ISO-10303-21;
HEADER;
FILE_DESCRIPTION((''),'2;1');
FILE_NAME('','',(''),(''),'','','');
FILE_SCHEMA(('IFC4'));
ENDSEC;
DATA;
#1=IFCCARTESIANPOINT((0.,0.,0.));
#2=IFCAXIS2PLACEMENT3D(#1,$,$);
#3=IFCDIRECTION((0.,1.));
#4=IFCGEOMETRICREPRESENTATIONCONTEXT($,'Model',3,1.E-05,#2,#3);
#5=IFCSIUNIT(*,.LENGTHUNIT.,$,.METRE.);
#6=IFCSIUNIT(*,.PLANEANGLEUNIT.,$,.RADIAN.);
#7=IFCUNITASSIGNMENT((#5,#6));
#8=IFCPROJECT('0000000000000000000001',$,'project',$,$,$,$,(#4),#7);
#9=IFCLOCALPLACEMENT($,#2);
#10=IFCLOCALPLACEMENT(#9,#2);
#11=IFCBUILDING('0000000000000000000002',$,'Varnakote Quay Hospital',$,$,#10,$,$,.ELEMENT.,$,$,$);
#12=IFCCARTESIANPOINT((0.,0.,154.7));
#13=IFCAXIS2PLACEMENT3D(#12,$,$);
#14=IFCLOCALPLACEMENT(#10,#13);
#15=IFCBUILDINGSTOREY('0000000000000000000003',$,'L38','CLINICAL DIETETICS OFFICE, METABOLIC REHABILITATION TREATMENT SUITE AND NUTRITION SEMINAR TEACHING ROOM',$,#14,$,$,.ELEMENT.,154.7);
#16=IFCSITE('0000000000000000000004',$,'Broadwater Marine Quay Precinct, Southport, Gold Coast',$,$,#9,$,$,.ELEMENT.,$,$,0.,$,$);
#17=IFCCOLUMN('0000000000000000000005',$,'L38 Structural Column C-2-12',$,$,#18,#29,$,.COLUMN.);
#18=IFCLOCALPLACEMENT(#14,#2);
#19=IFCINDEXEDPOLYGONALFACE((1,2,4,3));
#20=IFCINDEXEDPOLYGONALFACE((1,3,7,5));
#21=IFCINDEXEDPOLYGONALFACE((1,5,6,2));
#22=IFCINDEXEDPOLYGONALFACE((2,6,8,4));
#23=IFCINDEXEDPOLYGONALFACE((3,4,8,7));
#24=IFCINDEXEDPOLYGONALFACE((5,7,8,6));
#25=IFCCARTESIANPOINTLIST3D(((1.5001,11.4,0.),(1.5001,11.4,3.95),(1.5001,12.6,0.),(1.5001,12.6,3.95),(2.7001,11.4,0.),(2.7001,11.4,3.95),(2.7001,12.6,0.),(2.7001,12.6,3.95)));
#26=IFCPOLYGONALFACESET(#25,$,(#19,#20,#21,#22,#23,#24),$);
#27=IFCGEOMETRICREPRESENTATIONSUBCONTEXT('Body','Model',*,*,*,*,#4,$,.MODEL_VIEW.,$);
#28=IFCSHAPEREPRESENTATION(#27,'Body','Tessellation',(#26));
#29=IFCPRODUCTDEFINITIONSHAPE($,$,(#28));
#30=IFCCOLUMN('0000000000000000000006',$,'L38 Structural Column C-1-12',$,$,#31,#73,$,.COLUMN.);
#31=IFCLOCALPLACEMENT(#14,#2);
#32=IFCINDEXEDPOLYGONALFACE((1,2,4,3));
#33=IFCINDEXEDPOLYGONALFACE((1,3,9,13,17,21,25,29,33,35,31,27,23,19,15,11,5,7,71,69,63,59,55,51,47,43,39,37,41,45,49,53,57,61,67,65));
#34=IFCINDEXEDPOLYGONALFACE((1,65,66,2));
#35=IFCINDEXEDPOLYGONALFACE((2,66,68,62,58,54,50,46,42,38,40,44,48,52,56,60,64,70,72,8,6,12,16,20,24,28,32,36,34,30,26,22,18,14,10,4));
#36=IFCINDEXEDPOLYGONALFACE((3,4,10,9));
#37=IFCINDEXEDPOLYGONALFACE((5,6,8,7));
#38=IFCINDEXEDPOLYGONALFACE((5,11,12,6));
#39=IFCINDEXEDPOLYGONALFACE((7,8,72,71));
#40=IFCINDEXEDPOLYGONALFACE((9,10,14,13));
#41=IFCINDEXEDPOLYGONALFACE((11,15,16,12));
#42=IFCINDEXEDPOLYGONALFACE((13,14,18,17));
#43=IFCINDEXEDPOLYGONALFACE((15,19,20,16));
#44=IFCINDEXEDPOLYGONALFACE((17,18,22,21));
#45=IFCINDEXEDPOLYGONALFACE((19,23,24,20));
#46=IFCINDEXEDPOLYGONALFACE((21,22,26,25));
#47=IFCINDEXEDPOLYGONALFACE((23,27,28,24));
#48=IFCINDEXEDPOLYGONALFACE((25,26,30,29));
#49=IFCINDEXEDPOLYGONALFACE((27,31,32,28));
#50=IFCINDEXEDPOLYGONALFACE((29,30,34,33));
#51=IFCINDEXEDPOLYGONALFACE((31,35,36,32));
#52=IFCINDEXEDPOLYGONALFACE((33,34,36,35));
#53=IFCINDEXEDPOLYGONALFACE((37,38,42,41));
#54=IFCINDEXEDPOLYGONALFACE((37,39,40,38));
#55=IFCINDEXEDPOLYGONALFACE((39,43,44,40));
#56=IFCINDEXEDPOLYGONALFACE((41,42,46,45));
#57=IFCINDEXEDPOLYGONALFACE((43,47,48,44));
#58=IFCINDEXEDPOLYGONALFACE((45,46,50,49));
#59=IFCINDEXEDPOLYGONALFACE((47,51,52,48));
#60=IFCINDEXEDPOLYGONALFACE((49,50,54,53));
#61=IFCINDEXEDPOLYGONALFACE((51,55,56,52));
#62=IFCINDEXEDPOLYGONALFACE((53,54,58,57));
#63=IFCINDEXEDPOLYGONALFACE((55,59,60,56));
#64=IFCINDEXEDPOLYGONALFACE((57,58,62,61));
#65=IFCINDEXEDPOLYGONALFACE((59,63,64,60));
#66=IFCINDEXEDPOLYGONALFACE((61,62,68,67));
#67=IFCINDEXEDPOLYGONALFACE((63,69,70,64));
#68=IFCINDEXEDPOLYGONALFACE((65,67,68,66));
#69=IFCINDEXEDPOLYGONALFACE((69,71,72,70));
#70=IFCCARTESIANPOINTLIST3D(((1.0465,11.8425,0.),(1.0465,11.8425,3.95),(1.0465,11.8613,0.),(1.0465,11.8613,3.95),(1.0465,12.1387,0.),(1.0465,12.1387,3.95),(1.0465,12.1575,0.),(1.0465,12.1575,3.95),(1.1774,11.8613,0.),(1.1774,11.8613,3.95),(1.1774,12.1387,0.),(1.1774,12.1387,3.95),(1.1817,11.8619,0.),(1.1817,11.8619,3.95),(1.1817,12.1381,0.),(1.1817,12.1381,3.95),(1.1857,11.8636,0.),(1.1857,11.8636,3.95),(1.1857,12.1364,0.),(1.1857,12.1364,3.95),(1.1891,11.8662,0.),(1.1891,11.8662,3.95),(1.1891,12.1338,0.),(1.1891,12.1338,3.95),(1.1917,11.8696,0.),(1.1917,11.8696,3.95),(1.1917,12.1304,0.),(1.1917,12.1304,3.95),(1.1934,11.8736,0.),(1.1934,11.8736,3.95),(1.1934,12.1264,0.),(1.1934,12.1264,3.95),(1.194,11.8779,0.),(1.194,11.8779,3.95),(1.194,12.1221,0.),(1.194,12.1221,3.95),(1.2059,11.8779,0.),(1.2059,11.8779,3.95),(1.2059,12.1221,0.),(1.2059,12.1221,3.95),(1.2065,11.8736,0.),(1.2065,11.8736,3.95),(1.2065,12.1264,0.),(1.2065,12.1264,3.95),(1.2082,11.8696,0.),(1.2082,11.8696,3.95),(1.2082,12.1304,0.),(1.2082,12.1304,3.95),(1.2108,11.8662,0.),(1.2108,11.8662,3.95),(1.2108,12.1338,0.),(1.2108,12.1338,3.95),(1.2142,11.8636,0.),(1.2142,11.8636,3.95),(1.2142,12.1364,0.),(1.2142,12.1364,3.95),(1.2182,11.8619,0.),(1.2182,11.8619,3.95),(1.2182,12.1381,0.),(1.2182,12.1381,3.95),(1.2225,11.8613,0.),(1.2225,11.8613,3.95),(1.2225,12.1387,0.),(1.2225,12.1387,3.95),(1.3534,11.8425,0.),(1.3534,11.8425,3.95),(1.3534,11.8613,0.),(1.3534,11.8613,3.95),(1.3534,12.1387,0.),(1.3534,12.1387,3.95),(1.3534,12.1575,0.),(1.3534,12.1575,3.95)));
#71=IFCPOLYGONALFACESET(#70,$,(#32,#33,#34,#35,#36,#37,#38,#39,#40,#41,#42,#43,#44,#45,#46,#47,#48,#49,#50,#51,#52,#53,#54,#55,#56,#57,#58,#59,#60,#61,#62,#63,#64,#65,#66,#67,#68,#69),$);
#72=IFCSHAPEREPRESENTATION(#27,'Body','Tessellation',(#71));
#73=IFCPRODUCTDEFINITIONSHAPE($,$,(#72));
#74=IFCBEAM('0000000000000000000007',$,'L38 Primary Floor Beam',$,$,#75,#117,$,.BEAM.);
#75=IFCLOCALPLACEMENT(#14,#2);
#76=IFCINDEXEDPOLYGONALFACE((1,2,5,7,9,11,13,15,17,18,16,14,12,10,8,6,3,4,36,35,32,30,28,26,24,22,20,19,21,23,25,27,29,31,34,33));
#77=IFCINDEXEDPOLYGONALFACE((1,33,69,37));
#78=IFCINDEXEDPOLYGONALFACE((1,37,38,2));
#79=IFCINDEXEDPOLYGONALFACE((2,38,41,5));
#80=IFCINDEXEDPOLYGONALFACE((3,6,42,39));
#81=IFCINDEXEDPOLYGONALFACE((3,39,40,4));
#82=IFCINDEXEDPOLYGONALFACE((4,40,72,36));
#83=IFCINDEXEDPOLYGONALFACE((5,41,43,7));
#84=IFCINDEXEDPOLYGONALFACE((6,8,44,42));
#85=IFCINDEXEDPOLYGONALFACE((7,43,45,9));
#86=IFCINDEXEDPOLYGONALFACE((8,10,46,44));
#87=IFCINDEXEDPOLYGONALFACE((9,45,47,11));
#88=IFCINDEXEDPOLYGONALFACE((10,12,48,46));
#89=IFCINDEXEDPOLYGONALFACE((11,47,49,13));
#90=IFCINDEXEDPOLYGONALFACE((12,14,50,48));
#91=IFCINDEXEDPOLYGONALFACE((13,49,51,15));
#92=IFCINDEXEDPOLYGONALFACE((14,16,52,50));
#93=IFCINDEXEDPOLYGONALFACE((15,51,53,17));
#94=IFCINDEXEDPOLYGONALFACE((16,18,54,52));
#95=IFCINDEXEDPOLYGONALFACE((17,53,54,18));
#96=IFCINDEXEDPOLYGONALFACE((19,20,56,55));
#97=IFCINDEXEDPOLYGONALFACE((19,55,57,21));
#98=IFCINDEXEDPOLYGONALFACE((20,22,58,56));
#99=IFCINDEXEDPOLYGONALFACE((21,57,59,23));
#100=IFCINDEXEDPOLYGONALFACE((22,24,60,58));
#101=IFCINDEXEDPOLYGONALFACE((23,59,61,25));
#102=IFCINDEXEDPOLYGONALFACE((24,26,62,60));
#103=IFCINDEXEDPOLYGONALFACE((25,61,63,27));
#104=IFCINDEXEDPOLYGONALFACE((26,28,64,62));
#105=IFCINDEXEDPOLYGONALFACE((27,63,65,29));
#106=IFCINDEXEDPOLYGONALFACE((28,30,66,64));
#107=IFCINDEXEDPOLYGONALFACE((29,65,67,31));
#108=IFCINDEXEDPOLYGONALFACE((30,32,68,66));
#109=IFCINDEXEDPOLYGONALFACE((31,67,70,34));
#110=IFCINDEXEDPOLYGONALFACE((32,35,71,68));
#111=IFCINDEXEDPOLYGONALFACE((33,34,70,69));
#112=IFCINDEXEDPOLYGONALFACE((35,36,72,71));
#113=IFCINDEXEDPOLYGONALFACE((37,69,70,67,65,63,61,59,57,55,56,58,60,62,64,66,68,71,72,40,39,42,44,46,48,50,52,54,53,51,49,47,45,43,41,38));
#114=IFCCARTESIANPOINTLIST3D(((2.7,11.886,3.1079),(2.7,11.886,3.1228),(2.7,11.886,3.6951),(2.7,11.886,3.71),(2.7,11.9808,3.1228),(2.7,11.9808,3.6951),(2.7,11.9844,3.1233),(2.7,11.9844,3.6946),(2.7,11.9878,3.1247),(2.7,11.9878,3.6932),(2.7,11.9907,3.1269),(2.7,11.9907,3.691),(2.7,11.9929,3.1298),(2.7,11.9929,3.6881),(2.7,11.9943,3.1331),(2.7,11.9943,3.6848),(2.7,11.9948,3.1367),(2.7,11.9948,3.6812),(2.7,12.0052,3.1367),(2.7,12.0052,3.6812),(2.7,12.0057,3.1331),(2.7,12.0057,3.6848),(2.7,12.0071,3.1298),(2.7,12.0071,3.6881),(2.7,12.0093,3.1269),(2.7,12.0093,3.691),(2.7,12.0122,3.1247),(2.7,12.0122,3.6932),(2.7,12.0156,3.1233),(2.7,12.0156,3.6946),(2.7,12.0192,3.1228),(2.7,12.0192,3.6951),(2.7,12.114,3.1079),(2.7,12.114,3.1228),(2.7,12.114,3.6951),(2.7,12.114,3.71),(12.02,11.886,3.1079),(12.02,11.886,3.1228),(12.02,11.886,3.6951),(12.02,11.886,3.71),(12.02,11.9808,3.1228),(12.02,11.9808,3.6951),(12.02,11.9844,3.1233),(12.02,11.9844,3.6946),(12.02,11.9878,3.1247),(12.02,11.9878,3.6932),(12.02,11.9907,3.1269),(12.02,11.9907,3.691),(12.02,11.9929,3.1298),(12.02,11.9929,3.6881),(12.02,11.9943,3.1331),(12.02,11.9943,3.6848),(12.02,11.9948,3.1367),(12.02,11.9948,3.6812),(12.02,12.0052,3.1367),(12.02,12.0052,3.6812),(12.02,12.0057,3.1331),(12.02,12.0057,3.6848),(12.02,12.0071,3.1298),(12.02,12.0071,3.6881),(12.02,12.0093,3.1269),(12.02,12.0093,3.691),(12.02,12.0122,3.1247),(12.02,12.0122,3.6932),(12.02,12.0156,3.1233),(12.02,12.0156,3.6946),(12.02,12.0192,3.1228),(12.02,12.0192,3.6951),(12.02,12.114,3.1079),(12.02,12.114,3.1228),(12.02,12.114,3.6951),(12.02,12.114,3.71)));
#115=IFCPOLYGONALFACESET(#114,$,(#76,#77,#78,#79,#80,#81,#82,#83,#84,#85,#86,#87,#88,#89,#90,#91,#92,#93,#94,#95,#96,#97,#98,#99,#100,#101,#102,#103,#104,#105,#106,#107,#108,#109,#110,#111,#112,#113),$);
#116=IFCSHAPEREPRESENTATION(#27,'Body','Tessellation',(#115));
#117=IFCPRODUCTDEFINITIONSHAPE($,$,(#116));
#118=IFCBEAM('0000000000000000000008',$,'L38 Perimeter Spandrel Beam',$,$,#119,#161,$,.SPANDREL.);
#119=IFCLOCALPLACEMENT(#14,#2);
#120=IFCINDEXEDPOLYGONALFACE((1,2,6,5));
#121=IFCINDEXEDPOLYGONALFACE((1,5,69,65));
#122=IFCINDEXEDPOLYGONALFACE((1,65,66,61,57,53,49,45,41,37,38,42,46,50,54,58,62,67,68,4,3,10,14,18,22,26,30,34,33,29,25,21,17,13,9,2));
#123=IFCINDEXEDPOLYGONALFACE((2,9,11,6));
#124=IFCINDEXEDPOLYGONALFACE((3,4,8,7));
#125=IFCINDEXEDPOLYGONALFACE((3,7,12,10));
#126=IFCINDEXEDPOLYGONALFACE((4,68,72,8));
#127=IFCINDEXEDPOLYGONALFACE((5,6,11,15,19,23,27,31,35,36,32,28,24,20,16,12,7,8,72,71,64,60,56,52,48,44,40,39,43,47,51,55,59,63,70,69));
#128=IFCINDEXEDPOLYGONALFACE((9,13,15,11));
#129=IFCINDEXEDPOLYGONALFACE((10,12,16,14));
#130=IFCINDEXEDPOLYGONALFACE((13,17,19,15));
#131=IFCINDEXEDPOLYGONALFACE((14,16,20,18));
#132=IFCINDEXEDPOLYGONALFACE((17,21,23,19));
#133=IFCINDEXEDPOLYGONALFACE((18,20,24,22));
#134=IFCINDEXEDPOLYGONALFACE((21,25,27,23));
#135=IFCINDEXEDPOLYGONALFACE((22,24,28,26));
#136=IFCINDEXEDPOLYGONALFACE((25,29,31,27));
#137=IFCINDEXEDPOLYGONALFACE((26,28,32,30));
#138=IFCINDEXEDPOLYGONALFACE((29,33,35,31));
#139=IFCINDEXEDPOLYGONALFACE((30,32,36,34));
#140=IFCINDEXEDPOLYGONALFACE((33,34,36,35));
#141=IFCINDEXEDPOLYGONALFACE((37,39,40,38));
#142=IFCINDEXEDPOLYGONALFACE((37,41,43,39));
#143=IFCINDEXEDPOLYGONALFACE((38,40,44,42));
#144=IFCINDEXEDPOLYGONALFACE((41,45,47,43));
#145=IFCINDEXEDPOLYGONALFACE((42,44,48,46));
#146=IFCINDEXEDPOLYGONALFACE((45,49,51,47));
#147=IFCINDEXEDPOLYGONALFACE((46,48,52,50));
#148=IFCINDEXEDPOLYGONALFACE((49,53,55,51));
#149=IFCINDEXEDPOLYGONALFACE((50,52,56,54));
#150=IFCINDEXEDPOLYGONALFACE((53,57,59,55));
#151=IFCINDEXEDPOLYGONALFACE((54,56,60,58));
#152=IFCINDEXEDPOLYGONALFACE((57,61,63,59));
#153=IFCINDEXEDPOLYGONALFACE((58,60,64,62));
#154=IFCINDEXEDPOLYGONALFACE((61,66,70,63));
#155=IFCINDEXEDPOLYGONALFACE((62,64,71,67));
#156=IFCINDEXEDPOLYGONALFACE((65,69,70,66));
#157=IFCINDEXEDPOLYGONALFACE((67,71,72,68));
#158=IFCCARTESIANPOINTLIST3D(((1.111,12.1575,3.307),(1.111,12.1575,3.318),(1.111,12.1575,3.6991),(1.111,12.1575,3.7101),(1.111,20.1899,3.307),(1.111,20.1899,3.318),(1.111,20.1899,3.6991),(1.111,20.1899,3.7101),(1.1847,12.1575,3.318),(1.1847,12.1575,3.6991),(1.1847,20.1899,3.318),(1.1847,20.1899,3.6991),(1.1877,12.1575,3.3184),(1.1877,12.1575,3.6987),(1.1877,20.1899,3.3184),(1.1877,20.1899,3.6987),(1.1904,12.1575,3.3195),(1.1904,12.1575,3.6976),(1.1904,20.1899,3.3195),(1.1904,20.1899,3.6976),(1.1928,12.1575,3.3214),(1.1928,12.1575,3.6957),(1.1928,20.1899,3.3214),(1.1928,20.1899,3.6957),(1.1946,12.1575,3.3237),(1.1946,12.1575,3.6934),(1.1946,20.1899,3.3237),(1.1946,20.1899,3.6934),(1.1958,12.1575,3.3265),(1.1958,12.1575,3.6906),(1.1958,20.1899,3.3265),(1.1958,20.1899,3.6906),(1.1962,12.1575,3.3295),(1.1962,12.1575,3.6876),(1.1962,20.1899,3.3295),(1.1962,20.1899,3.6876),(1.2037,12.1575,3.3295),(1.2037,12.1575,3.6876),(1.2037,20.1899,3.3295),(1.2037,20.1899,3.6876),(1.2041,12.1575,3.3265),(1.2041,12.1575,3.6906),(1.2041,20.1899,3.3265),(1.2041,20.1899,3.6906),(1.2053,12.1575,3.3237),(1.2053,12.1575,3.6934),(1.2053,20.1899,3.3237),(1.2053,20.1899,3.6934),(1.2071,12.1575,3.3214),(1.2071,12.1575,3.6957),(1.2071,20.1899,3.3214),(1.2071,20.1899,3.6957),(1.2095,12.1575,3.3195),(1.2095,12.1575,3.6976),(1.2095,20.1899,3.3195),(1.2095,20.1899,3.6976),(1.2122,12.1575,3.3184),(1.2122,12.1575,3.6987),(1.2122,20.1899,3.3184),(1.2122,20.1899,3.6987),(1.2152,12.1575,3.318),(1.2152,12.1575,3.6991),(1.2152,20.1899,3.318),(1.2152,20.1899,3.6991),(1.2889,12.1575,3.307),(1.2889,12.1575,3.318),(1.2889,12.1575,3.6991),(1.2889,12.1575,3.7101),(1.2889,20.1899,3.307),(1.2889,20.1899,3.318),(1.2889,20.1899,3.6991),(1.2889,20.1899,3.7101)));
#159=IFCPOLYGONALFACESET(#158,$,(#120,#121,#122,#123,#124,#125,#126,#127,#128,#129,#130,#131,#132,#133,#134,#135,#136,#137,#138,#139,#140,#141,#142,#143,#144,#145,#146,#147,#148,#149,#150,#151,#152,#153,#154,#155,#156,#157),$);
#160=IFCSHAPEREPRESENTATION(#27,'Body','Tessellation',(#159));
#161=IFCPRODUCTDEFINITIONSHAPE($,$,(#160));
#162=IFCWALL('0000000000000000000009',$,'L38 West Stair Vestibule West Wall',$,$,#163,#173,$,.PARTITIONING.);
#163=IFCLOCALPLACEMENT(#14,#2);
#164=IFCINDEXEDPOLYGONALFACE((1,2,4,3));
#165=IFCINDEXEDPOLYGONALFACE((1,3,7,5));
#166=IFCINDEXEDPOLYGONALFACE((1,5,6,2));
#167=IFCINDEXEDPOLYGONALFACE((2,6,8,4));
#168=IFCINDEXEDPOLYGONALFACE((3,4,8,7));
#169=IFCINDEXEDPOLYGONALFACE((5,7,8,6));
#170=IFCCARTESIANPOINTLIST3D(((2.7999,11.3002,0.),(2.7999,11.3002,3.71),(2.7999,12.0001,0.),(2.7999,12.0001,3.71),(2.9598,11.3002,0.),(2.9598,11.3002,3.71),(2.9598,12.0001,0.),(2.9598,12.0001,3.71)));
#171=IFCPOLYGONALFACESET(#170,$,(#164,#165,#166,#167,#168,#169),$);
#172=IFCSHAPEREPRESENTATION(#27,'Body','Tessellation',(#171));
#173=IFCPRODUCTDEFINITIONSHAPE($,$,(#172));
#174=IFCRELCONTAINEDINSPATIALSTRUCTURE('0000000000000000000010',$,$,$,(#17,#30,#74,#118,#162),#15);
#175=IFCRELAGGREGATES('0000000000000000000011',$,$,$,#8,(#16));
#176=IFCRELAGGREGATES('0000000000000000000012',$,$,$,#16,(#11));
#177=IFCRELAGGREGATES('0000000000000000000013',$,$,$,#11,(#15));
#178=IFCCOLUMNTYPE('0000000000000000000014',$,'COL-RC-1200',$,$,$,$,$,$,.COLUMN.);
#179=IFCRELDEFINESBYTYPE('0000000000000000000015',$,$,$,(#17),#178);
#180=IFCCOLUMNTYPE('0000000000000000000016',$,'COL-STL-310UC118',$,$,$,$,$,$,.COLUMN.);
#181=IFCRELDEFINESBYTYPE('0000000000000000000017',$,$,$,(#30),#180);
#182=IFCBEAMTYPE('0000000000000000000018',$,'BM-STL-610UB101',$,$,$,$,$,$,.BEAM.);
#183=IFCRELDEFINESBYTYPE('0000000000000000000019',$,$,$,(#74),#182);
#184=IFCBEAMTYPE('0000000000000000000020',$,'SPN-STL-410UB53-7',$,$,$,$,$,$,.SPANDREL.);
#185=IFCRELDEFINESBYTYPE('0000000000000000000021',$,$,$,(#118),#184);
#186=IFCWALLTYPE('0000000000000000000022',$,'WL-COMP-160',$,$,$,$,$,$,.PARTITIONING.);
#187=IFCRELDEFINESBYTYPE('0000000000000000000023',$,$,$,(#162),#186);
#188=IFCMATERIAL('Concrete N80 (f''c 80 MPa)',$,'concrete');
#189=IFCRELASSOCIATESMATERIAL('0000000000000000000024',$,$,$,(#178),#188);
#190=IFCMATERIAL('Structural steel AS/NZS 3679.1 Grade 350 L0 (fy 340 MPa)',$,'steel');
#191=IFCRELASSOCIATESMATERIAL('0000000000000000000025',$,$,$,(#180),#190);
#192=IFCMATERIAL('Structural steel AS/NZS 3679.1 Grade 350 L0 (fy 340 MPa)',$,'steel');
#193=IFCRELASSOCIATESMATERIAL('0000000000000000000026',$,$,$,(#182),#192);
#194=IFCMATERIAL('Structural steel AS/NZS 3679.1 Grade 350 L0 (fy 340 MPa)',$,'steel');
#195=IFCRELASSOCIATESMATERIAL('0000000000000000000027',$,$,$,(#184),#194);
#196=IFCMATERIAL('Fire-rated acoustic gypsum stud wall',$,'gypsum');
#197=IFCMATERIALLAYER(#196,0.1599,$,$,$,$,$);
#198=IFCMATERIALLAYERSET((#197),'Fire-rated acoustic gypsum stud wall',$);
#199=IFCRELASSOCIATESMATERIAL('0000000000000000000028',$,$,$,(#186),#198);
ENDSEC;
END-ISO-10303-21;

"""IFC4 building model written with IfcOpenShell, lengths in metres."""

from ifc_helpers import new_model, si_unit, direction, frame, frame_2d, origin, origin_2d, place, context, subcontext, project, spatial, rectangle, i_section, extrude, material, layer, layer_set, material_profile, profile_set, type_object, element, save


model = new_model("IFC4")

# Units and contexts
model_context = context("Model", 3, precision=1e-05, world=origin(), true_north=direction((0.0, 1.0)))
body_context = subcontext(model_context, "Body", "Model", "MODEL_VIEW")
ifc_project = project(units=[si_unit("LENGTHUNIT", "METRE"), si_unit("PLANEANGLEUNIT", "RADIAN")], contexts=[model_context])

# Site, building, storey
site_placement = place(None, origin())
site = spatial("IfcSite", under=ifc_project, at=site_placement, Name="Broadwater Marine Quay Precinct, Southport, Gold Coast", CompositionType="ELEMENT", RefElevation=0.0)
building_placement = place(site_placement, origin())
building = spatial("IfcBuilding", under=site, at=building_placement, Name="Varnakote Quay Hospital", CompositionType="ELEMENT")
storey_placement = place(building_placement, frame((0.0, 0.0, 154.7)))
storey = spatial("IfcBuildingStorey", under=building, at=storey_placement, Name="L38", Description="CLINICAL DIETETICS OFFICE, METABOLIC REHABILITATION TREATMENT SUITE AND NUTRITION SEMINAR TEACHING ROOM", CompositionType="ELEMENT", Elevation=154.7)

# Columns
ifc_material_1 = material(Name="Concrete N80 (f'c 80 MPa)", Category="concrete")
ifc_material_profile_1 = material_profile(ifc_material_1, rectangle(XDim=1.2, YDim=1.2, at=origin_2d()), Name="RC-COL-1200x1200")
ifc_profile_set_1 = profile_set([ifc_material_profile_1], Name="Concrete N80 (f'c 80 MPa)")
column_type_1 = type_object("IfcColumnType", Name="COL-RC-1200", PredefinedType="COLUMN", material=ifc_profile_set_1)
column_1_placement = place(storey_placement, frame((2.1001, 12.0, 0.0), z_axis=(0.0, 0.0, 1.0), x_axis=(1.0, 0.0, 0.0)))
element("IfcColumn", 1, at=column_1_placement, inside=storey, type_object=column_type_1, Name="L38 Structural Column C-2-12", PredefinedType="COLUMN", context=body_context, shape_type="SweptSolid", body=[
    extrude(rectangle(XDim=1.2, YDim=1.2, at=origin_2d()), origin(), (0.0, 0.0, 1.0), 3.95),
])
ifc_material_2 = material(Name="Structural steel AS/NZS 3679.1 Grade 350 L0 (fy 340 MPa)", Category="steel")
ifc_material_profile_2 = material_profile(ifc_material_2, i_section(OverallWidth=0.3069, OverallDepth=0.3149, WebThickness=0.012, FlangeThickness=0.0188, FilletRadius=0.0166, at=origin_2d()), Name="310UC118")
ifc_profile_set_2 = profile_set([ifc_material_profile_2], Name="Structural steel AS/NZS 3679.1 Grade 350 L0 (fy 340 MPa)")
column_type_2 = type_object("IfcColumnType", Name="COL-STL-310UC118", PredefinedType="COLUMN", material=ifc_profile_set_2)
column_2_placement = place(storey_placement, frame((1.2, 12.0, 0.0), z_axis=(0.0, 0.0, 1.0), x_axis=(1.0, 0.0, 0.0)))
element("IfcColumn", 2, at=column_2_placement, inside=storey, type_object=column_type_2, Name="L38 Structural Column C-1-12", PredefinedType="COLUMN", context=body_context, shape_type="SweptSolid", body=[
    extrude(i_section(OverallWidth=0.3069, OverallDepth=0.3149, WebThickness=0.012, FlangeThickness=0.0188, FilletRadius=0.0166, at=origin_2d()), origin(), (0.0, 0.0, 1.0), 3.95),
])

# Beams
ifc_material_3 = material(Name="Structural steel AS/NZS 3679.1 Grade 350 L0 (fy 340 MPa)", Category="steel")
ifc_material_profile_3 = material_profile(ifc_material_3, i_section(OverallWidth=0.228, OverallDepth=0.6021, WebThickness=0.0105, FlangeThickness=0.0149, FilletRadius=0.0139, at=origin_2d()), Name="610UB101")
ifc_profile_set_3 = profile_set([ifc_material_profile_3], Name="Structural steel AS/NZS 3679.1 Grade 350 L0 (fy 340 MPa)")
beam_type_1 = type_object("IfcBeamType", Name="BM-STL-610UB101", PredefinedType="BEAM", material=ifc_profile_set_3)
beam_1_placement = place(storey_placement, frame((2.7, 12.0, 3.4089), z_axis=(1.0, 0.0, 0.0), x_axis=(0.0, 1.0, 0.0)))
element("IfcBeam", 3, at=beam_1_placement, inside=storey, type_object=beam_type_1, Name="L38 Primary Floor Beam", PredefinedType="BEAM", context=body_context, shape_type="SweptSolid", body=[
    extrude(i_section(OverallWidth=0.228, OverallDepth=0.6021, WebThickness=0.0105, FlangeThickness=0.0149, FilletRadius=0.0139, at=origin_2d()), origin(), (0.0, 0.0, 1.0), 9.3201),
])
ifc_material_4 = material(Name="Structural steel AS/NZS 3679.1 Grade 350 L0 (fy 340 MPa)", Category="steel")
ifc_material_profile_4 = material_profile(ifc_material_4, i_section(OverallWidth=0.178, OverallDepth=0.4031, WebThickness=0.0076, FlangeThickness=0.011, FilletRadius=0.0115, at=origin_2d()), Name="410UB53.7")
ifc_profile_set_4 = profile_set([ifc_material_profile_4], Name="Structural steel AS/NZS 3679.1 Grade 350 L0 (fy 340 MPa)")
beam_type_2 = type_object("IfcBeamType", Name="SPN-STL-410UB53-7", PredefinedType="SPANDREL", material=ifc_profile_set_4)
beam_2_placement = place(storey_placement, frame((1.2, 12.1575, 3.5085), z_axis=(0.0, 1.0, 0.0), x_axis=(-1.0, 0.0, 0.0)))
element("IfcBeam", 4, at=beam_2_placement, inside=storey, type_object=beam_type_2, Name="L38 Perimeter Spandrel Beam", PredefinedType="SPANDREL", context=body_context, shape_type="SweptSolid", body=[
    extrude(i_section(OverallWidth=0.178, OverallDepth=0.4031, WebThickness=0.0076, FlangeThickness=0.011, FilletRadius=0.0115, at=origin_2d()), origin(), (0.0, 0.0, 1.0), 8.0325),
])

# Wall
ifc_material_5 = material(Name="Fire-rated acoustic gypsum stud wall", Category="gypsum")
ifc_layer_1 = layer(ifc_material_5, 0.1599)
ifc_layer_set_1 = layer_set([ifc_layer_1], Name="Fire-rated acoustic gypsum stud wall")
wall_type_1 = type_object("IfcWallType", Name="WL-COMP-160", PredefinedType="PARTITIONING", material=ifc_layer_set_1)
wall_1_placement = place(storey_placement, frame((2.8799, 11.3, 0.0), z_axis=(0.0, 0.0, 1.0), x_axis=(0.0, 1.0, 0.0)))
element("IfcWall", 5, at=wall_1_placement, inside=storey, type_object=wall_type_1, Name="L38 West Stair Vestibule West Wall", PredefinedType="PARTITIONING", context=body_context, shape_type="SweptSolid", body=[
    extrude(rectangle(XDim=0.7, YDim=0.1599, at=frame_2d((0.3501, 0.0))), origin(), (0.0, 0.0, 1.0), 3.71),
])

save(model, "model.ifc")
